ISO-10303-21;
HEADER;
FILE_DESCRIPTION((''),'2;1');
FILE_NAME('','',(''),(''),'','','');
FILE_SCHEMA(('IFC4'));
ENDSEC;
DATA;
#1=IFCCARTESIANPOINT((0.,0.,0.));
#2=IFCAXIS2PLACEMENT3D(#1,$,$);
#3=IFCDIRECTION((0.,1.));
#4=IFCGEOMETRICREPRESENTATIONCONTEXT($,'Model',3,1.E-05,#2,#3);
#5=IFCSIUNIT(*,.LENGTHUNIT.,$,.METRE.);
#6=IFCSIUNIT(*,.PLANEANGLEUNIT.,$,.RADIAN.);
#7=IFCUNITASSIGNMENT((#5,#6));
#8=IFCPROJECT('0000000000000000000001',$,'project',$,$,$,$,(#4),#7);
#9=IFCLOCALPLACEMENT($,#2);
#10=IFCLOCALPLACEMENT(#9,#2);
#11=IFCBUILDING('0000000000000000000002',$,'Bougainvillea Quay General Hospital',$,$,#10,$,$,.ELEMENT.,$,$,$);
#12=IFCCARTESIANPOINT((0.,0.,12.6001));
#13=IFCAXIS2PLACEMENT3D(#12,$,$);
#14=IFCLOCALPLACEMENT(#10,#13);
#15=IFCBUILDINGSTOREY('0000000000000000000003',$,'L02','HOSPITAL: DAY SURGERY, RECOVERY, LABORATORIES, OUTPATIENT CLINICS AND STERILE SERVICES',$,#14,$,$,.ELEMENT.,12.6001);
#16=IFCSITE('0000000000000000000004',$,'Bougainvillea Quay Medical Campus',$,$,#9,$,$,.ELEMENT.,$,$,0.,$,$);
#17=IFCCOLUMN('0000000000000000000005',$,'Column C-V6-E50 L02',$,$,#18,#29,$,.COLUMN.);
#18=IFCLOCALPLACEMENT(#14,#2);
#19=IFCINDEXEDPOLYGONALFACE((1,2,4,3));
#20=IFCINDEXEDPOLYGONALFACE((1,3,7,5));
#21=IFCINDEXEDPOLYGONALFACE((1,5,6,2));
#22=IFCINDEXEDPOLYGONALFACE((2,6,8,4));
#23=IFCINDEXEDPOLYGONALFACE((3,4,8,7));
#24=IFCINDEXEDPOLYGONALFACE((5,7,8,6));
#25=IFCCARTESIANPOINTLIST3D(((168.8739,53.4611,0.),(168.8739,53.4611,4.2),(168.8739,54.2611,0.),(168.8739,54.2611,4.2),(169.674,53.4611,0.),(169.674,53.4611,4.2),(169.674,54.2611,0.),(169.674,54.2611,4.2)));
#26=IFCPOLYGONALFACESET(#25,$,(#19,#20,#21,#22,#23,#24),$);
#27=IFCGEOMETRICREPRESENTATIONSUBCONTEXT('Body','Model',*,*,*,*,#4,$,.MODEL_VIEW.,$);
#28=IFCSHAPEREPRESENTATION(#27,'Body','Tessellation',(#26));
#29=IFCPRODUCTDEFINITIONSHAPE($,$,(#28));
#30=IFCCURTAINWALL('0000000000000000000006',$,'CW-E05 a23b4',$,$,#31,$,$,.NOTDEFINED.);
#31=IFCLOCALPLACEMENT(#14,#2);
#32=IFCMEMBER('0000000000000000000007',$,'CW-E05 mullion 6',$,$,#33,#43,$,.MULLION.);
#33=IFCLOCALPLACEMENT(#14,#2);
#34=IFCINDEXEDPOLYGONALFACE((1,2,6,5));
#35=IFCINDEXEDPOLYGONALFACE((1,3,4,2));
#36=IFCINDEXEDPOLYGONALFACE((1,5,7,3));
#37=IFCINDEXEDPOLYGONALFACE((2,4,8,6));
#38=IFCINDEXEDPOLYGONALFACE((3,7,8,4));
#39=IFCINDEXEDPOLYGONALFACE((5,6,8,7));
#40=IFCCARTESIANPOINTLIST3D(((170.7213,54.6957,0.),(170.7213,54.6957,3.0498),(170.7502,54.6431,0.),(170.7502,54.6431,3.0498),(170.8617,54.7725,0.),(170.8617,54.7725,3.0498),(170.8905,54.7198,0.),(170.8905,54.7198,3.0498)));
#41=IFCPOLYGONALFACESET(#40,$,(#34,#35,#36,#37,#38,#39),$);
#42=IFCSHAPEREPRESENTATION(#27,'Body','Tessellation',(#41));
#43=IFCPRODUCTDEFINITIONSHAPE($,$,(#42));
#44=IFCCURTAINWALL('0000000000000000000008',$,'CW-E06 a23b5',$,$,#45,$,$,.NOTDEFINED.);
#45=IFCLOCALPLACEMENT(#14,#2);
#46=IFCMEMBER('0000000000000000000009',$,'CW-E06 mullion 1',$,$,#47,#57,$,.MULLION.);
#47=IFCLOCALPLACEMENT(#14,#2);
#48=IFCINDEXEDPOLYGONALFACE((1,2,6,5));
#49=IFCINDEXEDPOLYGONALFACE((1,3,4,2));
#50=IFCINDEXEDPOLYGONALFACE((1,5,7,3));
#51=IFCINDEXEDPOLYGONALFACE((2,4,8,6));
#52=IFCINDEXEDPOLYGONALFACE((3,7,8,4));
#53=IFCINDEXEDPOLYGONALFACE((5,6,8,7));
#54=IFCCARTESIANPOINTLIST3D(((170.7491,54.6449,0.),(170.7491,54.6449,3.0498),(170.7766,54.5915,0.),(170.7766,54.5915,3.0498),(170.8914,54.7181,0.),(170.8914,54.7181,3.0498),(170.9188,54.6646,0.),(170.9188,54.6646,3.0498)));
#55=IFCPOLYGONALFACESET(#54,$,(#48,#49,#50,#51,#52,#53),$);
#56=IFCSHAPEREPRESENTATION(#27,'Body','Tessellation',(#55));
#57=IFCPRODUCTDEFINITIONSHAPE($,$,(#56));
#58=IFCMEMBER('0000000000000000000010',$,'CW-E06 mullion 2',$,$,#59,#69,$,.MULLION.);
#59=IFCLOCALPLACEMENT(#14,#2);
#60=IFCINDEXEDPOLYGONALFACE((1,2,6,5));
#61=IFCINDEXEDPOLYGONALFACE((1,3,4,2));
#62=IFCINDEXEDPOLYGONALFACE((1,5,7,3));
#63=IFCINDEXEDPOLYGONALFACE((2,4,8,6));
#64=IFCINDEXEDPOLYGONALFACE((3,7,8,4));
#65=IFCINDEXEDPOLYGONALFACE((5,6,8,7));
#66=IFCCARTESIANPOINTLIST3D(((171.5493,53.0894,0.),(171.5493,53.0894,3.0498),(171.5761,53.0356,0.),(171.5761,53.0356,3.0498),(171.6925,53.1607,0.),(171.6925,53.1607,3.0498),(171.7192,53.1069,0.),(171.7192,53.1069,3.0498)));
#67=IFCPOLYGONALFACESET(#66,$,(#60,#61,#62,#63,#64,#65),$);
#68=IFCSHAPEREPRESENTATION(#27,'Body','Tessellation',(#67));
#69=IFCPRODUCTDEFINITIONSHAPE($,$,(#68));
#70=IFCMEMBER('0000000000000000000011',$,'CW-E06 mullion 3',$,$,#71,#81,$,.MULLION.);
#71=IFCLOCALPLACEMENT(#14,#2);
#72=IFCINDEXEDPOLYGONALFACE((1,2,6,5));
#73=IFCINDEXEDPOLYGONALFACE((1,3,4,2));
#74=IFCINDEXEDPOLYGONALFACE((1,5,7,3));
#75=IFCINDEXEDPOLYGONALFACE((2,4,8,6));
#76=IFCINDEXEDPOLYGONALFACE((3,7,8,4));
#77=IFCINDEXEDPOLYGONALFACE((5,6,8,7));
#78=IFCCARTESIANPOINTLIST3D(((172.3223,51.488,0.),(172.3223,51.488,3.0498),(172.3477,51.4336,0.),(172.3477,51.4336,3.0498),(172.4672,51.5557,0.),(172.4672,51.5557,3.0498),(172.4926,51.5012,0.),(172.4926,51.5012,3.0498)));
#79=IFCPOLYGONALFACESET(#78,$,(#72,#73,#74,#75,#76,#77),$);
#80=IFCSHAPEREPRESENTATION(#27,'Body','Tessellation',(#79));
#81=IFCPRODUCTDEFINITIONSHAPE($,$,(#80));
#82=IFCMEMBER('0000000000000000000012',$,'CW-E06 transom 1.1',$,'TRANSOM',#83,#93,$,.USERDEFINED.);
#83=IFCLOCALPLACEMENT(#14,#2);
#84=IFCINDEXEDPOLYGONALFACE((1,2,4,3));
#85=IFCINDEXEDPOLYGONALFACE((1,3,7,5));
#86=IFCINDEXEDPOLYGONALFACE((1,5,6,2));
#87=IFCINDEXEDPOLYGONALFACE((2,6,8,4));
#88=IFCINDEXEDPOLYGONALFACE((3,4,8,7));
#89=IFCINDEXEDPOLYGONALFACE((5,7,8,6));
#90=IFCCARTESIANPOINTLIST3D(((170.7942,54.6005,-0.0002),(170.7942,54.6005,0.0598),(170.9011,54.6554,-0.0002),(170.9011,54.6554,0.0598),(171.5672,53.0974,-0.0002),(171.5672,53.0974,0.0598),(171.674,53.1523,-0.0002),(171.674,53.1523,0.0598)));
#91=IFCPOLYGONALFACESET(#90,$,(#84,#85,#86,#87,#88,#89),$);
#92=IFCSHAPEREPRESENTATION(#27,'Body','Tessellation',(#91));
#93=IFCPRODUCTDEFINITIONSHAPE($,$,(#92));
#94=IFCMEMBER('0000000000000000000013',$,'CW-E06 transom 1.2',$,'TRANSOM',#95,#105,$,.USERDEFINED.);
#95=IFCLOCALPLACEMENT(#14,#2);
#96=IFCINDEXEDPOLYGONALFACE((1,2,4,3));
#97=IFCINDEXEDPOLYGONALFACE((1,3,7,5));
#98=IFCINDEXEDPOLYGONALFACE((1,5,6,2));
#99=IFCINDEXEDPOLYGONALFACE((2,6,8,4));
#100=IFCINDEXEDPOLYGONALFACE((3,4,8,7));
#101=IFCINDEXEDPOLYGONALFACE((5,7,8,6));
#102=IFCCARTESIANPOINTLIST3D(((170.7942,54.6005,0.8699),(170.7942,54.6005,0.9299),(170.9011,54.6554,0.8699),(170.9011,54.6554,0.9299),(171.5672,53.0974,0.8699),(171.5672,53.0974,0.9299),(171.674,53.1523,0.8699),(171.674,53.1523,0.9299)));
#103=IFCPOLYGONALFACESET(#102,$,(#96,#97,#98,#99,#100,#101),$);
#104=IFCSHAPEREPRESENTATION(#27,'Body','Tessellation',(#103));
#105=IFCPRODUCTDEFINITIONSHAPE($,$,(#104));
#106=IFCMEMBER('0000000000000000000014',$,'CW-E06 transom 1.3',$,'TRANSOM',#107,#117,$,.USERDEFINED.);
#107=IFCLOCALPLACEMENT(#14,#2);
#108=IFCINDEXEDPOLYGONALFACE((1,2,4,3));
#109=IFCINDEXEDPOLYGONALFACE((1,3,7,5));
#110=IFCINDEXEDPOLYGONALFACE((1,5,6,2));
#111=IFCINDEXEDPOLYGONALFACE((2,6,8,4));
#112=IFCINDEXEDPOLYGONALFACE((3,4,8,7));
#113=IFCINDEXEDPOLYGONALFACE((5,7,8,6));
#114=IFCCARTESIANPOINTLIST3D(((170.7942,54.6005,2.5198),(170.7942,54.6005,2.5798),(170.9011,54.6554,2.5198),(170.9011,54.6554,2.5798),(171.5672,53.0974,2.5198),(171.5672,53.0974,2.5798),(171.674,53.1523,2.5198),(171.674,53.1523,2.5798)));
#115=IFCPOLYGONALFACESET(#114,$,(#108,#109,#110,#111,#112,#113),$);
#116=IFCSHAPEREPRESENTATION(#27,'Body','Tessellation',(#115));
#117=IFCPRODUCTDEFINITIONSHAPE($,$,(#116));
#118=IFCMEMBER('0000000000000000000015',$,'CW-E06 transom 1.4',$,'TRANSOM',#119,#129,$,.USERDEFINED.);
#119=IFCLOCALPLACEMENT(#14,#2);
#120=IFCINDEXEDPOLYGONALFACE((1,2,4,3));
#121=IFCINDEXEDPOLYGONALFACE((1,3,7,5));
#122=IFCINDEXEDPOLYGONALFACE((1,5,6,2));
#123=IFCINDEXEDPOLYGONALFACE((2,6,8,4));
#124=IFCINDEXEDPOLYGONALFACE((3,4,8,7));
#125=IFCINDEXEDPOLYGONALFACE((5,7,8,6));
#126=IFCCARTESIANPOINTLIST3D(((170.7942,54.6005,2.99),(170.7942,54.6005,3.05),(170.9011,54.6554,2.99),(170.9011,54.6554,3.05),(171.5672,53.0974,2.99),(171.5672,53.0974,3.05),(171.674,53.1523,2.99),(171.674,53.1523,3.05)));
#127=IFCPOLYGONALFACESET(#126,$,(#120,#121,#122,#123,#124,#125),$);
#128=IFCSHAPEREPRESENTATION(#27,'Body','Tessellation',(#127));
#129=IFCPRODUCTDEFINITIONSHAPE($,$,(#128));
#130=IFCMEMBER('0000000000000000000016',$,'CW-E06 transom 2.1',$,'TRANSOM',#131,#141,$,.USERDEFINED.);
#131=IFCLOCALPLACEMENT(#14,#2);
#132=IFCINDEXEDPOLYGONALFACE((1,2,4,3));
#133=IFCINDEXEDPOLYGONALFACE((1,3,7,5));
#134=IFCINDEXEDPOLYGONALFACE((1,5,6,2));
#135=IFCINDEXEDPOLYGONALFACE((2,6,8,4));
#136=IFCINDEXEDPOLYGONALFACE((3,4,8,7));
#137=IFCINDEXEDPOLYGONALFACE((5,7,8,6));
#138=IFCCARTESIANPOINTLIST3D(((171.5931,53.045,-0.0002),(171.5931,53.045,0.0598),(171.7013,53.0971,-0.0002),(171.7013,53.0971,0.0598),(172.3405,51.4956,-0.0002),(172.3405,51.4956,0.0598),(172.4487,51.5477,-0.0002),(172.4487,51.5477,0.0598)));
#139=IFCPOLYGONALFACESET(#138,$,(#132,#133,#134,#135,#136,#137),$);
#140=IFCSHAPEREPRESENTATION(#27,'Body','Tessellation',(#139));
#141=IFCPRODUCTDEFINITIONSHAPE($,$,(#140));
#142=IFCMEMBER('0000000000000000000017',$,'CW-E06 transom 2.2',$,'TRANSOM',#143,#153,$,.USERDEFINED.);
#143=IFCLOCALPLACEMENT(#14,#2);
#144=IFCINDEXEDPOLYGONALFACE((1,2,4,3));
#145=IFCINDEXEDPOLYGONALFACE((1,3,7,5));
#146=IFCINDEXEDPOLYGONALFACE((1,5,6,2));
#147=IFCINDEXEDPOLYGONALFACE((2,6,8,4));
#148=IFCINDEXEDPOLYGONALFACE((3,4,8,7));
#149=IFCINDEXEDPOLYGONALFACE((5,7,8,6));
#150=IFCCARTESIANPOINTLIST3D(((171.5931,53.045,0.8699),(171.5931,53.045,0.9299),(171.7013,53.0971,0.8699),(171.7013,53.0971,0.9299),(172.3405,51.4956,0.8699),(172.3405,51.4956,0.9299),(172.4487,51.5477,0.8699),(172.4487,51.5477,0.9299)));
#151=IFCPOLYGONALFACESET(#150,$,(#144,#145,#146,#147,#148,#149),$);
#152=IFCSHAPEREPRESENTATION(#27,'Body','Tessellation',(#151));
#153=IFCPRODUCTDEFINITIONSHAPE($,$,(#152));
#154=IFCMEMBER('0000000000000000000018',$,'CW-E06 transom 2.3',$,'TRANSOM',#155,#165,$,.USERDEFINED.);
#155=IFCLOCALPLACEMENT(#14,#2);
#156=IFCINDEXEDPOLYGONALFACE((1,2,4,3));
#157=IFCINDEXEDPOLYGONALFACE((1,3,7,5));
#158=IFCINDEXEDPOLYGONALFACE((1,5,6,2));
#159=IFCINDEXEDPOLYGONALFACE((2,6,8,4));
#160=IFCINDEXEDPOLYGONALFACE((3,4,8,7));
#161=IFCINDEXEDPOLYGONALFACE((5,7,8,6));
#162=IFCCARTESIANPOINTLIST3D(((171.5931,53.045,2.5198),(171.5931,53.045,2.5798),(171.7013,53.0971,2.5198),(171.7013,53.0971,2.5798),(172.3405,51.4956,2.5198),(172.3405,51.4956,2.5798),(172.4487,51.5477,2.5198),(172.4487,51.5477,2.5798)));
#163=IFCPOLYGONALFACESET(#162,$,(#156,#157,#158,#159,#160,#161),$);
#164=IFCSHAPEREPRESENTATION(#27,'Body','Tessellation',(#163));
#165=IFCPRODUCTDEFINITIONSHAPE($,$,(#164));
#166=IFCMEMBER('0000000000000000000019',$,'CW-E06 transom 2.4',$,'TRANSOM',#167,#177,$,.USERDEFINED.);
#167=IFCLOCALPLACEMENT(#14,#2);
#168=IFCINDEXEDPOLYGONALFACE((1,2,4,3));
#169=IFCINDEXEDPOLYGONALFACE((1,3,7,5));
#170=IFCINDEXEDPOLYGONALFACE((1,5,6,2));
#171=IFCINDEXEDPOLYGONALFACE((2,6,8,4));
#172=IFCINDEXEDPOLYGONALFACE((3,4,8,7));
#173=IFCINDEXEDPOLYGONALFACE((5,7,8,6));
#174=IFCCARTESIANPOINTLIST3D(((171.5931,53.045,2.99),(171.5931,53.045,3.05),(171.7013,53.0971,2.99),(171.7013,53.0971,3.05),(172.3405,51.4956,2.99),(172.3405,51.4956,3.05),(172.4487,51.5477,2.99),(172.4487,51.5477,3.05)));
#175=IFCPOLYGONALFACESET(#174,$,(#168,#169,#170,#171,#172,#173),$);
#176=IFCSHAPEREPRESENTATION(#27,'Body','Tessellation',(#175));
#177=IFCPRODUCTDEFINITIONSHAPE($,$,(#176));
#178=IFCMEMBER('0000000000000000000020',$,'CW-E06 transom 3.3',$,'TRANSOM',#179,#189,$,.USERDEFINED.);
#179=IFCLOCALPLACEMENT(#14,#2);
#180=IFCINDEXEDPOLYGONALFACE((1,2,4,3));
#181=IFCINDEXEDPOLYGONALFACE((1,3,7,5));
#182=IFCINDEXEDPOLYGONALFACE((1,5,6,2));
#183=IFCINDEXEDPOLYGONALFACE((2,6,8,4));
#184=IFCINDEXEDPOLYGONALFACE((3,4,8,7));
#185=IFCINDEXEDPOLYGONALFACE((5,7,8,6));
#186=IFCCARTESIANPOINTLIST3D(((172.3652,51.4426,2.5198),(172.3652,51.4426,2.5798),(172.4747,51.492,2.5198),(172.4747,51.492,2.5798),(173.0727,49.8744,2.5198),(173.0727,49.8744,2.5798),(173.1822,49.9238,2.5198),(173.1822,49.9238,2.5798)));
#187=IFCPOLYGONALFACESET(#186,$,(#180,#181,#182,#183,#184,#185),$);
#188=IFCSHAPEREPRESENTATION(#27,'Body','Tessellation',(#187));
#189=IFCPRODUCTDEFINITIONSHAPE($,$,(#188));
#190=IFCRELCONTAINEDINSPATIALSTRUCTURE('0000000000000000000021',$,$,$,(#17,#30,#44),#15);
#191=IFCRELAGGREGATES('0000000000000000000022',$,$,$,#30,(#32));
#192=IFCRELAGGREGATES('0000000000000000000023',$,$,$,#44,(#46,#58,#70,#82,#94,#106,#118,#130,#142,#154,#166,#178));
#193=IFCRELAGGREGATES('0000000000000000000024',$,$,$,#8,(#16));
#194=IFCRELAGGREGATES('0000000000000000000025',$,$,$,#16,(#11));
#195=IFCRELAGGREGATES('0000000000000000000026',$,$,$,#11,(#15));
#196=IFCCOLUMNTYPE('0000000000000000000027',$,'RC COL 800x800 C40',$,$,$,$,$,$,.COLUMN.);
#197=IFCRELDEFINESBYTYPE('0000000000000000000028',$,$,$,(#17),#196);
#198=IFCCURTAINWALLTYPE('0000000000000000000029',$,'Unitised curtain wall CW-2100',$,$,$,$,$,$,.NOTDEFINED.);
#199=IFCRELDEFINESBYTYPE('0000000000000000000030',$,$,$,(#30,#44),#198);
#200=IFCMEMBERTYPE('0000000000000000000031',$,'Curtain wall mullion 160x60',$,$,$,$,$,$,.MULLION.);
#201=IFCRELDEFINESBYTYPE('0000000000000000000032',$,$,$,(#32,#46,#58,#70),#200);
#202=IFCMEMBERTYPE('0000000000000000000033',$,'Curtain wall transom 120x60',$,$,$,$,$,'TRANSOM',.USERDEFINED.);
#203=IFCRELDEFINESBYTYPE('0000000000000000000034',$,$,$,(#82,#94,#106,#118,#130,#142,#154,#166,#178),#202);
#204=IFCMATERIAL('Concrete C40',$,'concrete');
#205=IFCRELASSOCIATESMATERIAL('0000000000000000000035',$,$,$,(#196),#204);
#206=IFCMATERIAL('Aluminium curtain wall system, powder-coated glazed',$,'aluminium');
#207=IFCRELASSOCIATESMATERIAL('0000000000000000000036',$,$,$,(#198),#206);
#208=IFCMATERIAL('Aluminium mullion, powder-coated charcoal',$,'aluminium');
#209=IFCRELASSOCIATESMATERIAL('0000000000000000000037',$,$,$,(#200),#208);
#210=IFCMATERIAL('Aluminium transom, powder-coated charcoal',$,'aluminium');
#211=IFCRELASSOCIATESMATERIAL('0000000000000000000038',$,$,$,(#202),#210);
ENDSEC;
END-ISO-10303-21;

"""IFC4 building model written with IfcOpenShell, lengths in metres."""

from ifc_helpers import new_model, si_unit, direction, frame, origin, origin_2d, place, context, subcontext, project, spatial, rectangle, extrude, material, material_profile, profile_set, type_object, element, aggregate, save


model = new_model("IFC4")

# Units and contexts
model_context = context("Model", 3, precision=1e-05, world=origin(), true_north=direction((0.0, 1.0)))
body_context = subcontext(model_context, "Body", "Model", "MODEL_VIEW")
ifc_project = project(units=[si_unit("LENGTHUNIT", "METRE"), si_unit("PLANEANGLEUNIT", "RADIAN")], contexts=[model_context])

# Site, building, storey
site_placement = place(None, origin())
site = spatial("IfcSite", under=ifc_project, at=site_placement, Name="Bougainvillea Quay Medical Campus", CompositionType="ELEMENT", RefElevation=0.0)
building_placement = place(site_placement, origin())
building = spatial("IfcBuilding", under=site, at=building_placement, Name="Bougainvillea Quay General Hospital", CompositionType="ELEMENT")
storey_placement = place(building_placement, frame((0.0, 0.0, 12.6001)))
storey = spatial("IfcBuildingStorey", under=building, at=storey_placement, Name="L02", Description="HOSPITAL: DAY SURGERY, RECOVERY, LABORATORIES, OUTPATIENT CLINICS AND STERILE SERVICES", CompositionType="ELEMENT", Elevation=12.6001)

# Column
ifc_material_1 = material(Name="Concrete C40", Category="concrete")
ifc_material_profile_1 = material_profile(ifc_material_1, rectangle(XDim=0.8, YDim=0.8, at=origin_2d()))
ifc_profile_set_1 = profile_set([ifc_material_profile_1], Name="Concrete C40")
column_type = type_object("IfcColumnType", Name="RC COL 800x800 C40", PredefinedType="COLUMN", material=ifc_profile_set_1)
column_placement = place(storey_placement, frame((169.2739, 53.8611, 0.0), z_axis=(0.0, 0.0, 1.0), x_axis=(1.0, 0.0, 0.0)))
element("IfcColumn", 1, at=column_placement, inside=storey, type_object=column_type, Name="Column C-V6-E50 L02", PredefinedType="COLUMN", context=body_context, shape_type="SweptSolid", body=[
    extrude(rectangle(XDim=0.8, YDim=0.8, at=origin_2d()), origin(), (0.0, 0.0, 1.0), 4.2),
])

# Curtain wall, member
ifc_material_2 = material(Name="Aluminium curtain wall system, powder-coated glazed", Category="aluminium")
curtain_wall_type = type_object("IfcCurtainWallType", Name="Unitised curtain wall CW-2100", PredefinedType="NOTDEFINED", material=ifc_material_2)
curtain_wall_1_placement = place(storey_placement, origin())
curtain_wall_1 = element("IfcCurtainWall", 2, at=curtain_wall_1_placement, inside=storey, type_object=curtain_wall_type, Name="CW-E05 a23b4", PredefinedType="NOTDEFINED")
ifc_material_3 = material(Name="Aluminium mullion, powder-coated charcoal", Category="aluminium")
ifc_material_profile_2 = material_profile(ifc_material_3, rectangle(XDim=0.1599, YDim=0.0601, at=origin_2d()))
ifc_profile_set_2 = profile_set([ifc_material_profile_2], Name="Aluminium mullion, powder-coated charcoal")
member_type_1 = type_object("IfcMemberType", Name="Curtain wall mullion 160x60", PredefinedType="MULLION", material=ifc_profile_set_2)
member_1_placement = place(storey_placement, frame((170.8059, 54.7078, 0.0), z_axis=(0.0, 0.0, 1.0), x_axis=(0.877387, 0.479783, 0.0)))
member_1 = element("IfcMember", 3, at=member_1_placement, type_object=member_type_1, Name="CW-E05 mullion 6", PredefinedType="MULLION", context=body_context, shape_type="SweptSolid", body=[
    extrude(rectangle(XDim=0.1599, YDim=0.0601, at=origin_2d()), origin(), (0.0, 0.0, 1.0), 3.0498),
])

# Curtain wall, members
curtain_wall_2_placement = place(storey_placement, origin())
curtain_wall_2 = element("IfcCurtainWall", 4, at=curtain_wall_2_placement, inside=storey, type_object=curtain_wall_type, Name="CW-E06 a23b5", PredefinedType="NOTDEFINED")
member_2_placement = place(storey_placement, frame((170.834, 54.6548, 0.0), z_axis=(0.0, 0.0, 1.0), x_axis=(0.889346, 0.457235, 0.0)))
member_2 = element("IfcMember", 5, at=member_2_placement, type_object=member_type_1, Name="CW-E06 mullion 1", PredefinedType="MULLION", context=body_context, shape_type="SweptSolid", body=[
    extrude(rectangle(XDim=0.1599, YDim=0.0601, at=origin_2d()), origin(), (0.0, 0.0, 1.0), 3.0498),
])
member_3_placement = place(storey_placement, frame((171.6343, 53.0981, 0.0), z_axis=(0.0, 0.0, 1.0), x_axis=(0.895109, 0.445848, 0.0)))
member_3 = element("IfcMember", 6, at=member_3_placement, type_object=member_type_1, Name="CW-E06 mullion 2", PredefinedType="MULLION", context=body_context, shape_type="SweptSolid", body=[
    extrude(rectangle(XDim=0.1599, YDim=0.0601, at=origin_2d()), origin(), (0.0, 0.0, 1.0), 3.0498),
])
member_4_placement = place(storey_placement, frame((172.4075, 51.4946, 0.0), z_axis=(0.0, 0.0, 1.0), x_axis=(0.906196, 0.422859, 0.0)))
member_4 = element("IfcMember", 7, at=member_4_placement, type_object=member_type_1, Name="CW-E06 mullion 3", PredefinedType="MULLION", context=body_context, shape_type="SweptSolid", body=[
    extrude(rectangle(XDim=0.1599, YDim=0.0601, at=origin_2d()), origin(), (0.0, 0.0, 1.0), 3.0498),
])
ifc_material_4 = material(Name="Aluminium transom, powder-coated charcoal", Category="aluminium")
ifc_material_profile_3 = material_profile(ifc_material_4, rectangle(XDim=0.1201, YDim=0.0601, at=origin_2d()))
ifc_profile_set_3 = profile_set([ifc_material_profile_3], Name="Aluminium transom, powder-coated charcoal")
member_type_2 = type_object("IfcMemberType", Name="Curtain wall transom 120x60", ElementType="TRANSOM", PredefinedType="USERDEFINED", material=ifc_profile_set_3)
member_5_placement = place(storey_placement, frame((170.8477, 54.6279, 0.0298), z_axis=(0.457296, -0.889315, 0.0), x_axis=(0.889315, 0.457296, 0.0)))
member_5 = element("IfcMember", 8, at=member_5_placement, type_object=member_type_2, Name="CW-E06 transom 1.1", ObjectType="TRANSOM", PredefinedType="USERDEFINED", context=body_context, shape_type="SweptSolid", body=[
    extrude(rectangle(XDim=0.1201, YDim=0.0601, at=origin_2d()), origin(), (0.0, 0.0, 1.0), 1.6902),
])
member_6_placement = place(storey_placement, frame((170.8477, 54.6279, 0.8999), z_axis=(0.457296, -0.889315, 0.0), x_axis=(0.889315, 0.457296, 0.0)))
member_6 = element("IfcMember", 9, at=member_6_placement, type_object=member_type_2, Name="CW-E06 transom 1.2", ObjectType="TRANSOM", PredefinedType="USERDEFINED", context=body_context, shape_type="SweptSolid", body=[
    extrude(rectangle(XDim=0.1201, YDim=0.0601, at=origin_2d()), origin(), (0.0, 0.0, 1.0), 1.6902),
])
member_7_placement = place(storey_placement, frame((170.8477, 54.6279, 2.5498), z_axis=(0.457296, -0.889315, 0.0), x_axis=(0.889315, 0.457296, 0.0)))
member_7 = element("IfcMember", 10, at=member_7_placement, type_object=member_type_2, Name="CW-E06 transom 1.3", ObjectType="TRANSOM", PredefinedType="USERDEFINED", context=body_context, shape_type="SweptSolid", body=[
    extrude(rectangle(XDim=0.1201, YDim=0.0601, at=origin_2d()), origin(), (0.0, 0.0, 1.0), 1.6902),
])
member_8_placement = place(storey_placement, frame((170.8477, 54.6279, 3.02), z_axis=(0.457296, -0.889315, 0.0), x_axis=(0.889315, 0.457296, 0.0)))
member_8 = element("IfcMember", 11, at=member_8_placement, type_object=member_type_2, Name="CW-E06 transom 1.4", ObjectType="TRANSOM", PredefinedType="USERDEFINED", context=body_context, shape_type="SweptSolid", body=[
    extrude(rectangle(XDim=0.1201, YDim=0.0601, at=origin_2d()), origin(), (0.0, 0.0, 1.0), 1.6902),
])
member_9_placement = place(storey_placement, frame((171.6472, 53.071, 0.0298), z_axis=(0.434451, -0.900695, 0.0), x_axis=(0.900695, 0.434451, 0.0)))
member_9 = element("IfcMember", 12, at=member_9_placement, type_object=member_type_2, Name="CW-E06 transom 2.1", ObjectType="TRANSOM", PredefinedType="USERDEFINED", context=body_context, shape_type="SweptSolid", body=[
    extrude(rectangle(XDim=0.1201, YDim=0.0601, at=origin_2d()), origin(), (0.0, 0.0, 1.0), 1.7202),
])
member_10_placement = place(storey_placement, frame((171.6472, 53.071, 0.8999), z_axis=(0.434451, -0.900695, 0.0), x_axis=(0.900695, 0.434451, 0.0)))
member_10 = element("IfcMember", 13, at=member_10_placement, type_object=member_type_2, Name="CW-E06 transom 2.2", ObjectType="TRANSOM", PredefinedType="USERDEFINED", context=body_context, shape_type="SweptSolid", body=[
    extrude(rectangle(XDim=0.1201, YDim=0.0601, at=origin_2d()), origin(), (0.0, 0.0, 1.0), 1.7202),
])
member_11_placement = place(storey_placement, frame((171.6472, 53.071, 2.5498), z_axis=(0.434451, -0.900695, 0.0), x_axis=(0.900695, 0.434451, 0.0)))
member_11 = element("IfcMember", 14, at=member_11_placement, type_object=member_type_2, Name="CW-E06 transom 2.3", ObjectType="TRANSOM", PredefinedType="USERDEFINED", context=body_context, shape_type="SweptSolid", body=[
    extrude(rectangle(XDim=0.1201, YDim=0.0601, at=origin_2d()), origin(), (0.0, 0.0, 1.0), 1.7202),
])
member_12_placement = place(storey_placement, frame((171.6472, 53.071, 3.02), z_axis=(0.434451, -0.900695, 0.0), x_axis=(0.900695, 0.434451, 0.0)))
member_12 = element("IfcMember", 15, at=member_12_placement, type_object=member_type_2, Name="CW-E06 transom 2.4", ObjectType="TRANSOM", PredefinedType="USERDEFINED", context=body_context, shape_type="SweptSolid", body=[
    extrude(rectangle(XDim=0.1201, YDim=0.0601, at=origin_2d()), origin(), (0.0, 0.0, 1.0), 1.7202),
])
member_13_placement = place(storey_placement, frame((172.4199, 51.4673, 2.5498), z_axis=(0.411267, -0.911515, 0.0), x_axis=(0.911515, 0.411267, 0.0)))
member_13 = element("IfcMember", 16, at=member_13_placement, type_object=member_type_2, Name="CW-E06 transom 3.3", ObjectType="TRANSOM", PredefinedType="USERDEFINED", context=body_context, shape_type="SweptSolid", body=[
    extrude(rectangle(XDim=0.1201, YDim=0.0601, at=origin_2d()), origin(), (0.0, 0.0, 1.0), 1.7205),
])

aggregate(curtain_wall_1, [member_1])
aggregate(curtain_wall_2, [member_2, member_3, member_4, member_5, member_6, member_7, member_8, member_9, member_10, member_11, member_12, member_13])

save(model, "model.ifc")
